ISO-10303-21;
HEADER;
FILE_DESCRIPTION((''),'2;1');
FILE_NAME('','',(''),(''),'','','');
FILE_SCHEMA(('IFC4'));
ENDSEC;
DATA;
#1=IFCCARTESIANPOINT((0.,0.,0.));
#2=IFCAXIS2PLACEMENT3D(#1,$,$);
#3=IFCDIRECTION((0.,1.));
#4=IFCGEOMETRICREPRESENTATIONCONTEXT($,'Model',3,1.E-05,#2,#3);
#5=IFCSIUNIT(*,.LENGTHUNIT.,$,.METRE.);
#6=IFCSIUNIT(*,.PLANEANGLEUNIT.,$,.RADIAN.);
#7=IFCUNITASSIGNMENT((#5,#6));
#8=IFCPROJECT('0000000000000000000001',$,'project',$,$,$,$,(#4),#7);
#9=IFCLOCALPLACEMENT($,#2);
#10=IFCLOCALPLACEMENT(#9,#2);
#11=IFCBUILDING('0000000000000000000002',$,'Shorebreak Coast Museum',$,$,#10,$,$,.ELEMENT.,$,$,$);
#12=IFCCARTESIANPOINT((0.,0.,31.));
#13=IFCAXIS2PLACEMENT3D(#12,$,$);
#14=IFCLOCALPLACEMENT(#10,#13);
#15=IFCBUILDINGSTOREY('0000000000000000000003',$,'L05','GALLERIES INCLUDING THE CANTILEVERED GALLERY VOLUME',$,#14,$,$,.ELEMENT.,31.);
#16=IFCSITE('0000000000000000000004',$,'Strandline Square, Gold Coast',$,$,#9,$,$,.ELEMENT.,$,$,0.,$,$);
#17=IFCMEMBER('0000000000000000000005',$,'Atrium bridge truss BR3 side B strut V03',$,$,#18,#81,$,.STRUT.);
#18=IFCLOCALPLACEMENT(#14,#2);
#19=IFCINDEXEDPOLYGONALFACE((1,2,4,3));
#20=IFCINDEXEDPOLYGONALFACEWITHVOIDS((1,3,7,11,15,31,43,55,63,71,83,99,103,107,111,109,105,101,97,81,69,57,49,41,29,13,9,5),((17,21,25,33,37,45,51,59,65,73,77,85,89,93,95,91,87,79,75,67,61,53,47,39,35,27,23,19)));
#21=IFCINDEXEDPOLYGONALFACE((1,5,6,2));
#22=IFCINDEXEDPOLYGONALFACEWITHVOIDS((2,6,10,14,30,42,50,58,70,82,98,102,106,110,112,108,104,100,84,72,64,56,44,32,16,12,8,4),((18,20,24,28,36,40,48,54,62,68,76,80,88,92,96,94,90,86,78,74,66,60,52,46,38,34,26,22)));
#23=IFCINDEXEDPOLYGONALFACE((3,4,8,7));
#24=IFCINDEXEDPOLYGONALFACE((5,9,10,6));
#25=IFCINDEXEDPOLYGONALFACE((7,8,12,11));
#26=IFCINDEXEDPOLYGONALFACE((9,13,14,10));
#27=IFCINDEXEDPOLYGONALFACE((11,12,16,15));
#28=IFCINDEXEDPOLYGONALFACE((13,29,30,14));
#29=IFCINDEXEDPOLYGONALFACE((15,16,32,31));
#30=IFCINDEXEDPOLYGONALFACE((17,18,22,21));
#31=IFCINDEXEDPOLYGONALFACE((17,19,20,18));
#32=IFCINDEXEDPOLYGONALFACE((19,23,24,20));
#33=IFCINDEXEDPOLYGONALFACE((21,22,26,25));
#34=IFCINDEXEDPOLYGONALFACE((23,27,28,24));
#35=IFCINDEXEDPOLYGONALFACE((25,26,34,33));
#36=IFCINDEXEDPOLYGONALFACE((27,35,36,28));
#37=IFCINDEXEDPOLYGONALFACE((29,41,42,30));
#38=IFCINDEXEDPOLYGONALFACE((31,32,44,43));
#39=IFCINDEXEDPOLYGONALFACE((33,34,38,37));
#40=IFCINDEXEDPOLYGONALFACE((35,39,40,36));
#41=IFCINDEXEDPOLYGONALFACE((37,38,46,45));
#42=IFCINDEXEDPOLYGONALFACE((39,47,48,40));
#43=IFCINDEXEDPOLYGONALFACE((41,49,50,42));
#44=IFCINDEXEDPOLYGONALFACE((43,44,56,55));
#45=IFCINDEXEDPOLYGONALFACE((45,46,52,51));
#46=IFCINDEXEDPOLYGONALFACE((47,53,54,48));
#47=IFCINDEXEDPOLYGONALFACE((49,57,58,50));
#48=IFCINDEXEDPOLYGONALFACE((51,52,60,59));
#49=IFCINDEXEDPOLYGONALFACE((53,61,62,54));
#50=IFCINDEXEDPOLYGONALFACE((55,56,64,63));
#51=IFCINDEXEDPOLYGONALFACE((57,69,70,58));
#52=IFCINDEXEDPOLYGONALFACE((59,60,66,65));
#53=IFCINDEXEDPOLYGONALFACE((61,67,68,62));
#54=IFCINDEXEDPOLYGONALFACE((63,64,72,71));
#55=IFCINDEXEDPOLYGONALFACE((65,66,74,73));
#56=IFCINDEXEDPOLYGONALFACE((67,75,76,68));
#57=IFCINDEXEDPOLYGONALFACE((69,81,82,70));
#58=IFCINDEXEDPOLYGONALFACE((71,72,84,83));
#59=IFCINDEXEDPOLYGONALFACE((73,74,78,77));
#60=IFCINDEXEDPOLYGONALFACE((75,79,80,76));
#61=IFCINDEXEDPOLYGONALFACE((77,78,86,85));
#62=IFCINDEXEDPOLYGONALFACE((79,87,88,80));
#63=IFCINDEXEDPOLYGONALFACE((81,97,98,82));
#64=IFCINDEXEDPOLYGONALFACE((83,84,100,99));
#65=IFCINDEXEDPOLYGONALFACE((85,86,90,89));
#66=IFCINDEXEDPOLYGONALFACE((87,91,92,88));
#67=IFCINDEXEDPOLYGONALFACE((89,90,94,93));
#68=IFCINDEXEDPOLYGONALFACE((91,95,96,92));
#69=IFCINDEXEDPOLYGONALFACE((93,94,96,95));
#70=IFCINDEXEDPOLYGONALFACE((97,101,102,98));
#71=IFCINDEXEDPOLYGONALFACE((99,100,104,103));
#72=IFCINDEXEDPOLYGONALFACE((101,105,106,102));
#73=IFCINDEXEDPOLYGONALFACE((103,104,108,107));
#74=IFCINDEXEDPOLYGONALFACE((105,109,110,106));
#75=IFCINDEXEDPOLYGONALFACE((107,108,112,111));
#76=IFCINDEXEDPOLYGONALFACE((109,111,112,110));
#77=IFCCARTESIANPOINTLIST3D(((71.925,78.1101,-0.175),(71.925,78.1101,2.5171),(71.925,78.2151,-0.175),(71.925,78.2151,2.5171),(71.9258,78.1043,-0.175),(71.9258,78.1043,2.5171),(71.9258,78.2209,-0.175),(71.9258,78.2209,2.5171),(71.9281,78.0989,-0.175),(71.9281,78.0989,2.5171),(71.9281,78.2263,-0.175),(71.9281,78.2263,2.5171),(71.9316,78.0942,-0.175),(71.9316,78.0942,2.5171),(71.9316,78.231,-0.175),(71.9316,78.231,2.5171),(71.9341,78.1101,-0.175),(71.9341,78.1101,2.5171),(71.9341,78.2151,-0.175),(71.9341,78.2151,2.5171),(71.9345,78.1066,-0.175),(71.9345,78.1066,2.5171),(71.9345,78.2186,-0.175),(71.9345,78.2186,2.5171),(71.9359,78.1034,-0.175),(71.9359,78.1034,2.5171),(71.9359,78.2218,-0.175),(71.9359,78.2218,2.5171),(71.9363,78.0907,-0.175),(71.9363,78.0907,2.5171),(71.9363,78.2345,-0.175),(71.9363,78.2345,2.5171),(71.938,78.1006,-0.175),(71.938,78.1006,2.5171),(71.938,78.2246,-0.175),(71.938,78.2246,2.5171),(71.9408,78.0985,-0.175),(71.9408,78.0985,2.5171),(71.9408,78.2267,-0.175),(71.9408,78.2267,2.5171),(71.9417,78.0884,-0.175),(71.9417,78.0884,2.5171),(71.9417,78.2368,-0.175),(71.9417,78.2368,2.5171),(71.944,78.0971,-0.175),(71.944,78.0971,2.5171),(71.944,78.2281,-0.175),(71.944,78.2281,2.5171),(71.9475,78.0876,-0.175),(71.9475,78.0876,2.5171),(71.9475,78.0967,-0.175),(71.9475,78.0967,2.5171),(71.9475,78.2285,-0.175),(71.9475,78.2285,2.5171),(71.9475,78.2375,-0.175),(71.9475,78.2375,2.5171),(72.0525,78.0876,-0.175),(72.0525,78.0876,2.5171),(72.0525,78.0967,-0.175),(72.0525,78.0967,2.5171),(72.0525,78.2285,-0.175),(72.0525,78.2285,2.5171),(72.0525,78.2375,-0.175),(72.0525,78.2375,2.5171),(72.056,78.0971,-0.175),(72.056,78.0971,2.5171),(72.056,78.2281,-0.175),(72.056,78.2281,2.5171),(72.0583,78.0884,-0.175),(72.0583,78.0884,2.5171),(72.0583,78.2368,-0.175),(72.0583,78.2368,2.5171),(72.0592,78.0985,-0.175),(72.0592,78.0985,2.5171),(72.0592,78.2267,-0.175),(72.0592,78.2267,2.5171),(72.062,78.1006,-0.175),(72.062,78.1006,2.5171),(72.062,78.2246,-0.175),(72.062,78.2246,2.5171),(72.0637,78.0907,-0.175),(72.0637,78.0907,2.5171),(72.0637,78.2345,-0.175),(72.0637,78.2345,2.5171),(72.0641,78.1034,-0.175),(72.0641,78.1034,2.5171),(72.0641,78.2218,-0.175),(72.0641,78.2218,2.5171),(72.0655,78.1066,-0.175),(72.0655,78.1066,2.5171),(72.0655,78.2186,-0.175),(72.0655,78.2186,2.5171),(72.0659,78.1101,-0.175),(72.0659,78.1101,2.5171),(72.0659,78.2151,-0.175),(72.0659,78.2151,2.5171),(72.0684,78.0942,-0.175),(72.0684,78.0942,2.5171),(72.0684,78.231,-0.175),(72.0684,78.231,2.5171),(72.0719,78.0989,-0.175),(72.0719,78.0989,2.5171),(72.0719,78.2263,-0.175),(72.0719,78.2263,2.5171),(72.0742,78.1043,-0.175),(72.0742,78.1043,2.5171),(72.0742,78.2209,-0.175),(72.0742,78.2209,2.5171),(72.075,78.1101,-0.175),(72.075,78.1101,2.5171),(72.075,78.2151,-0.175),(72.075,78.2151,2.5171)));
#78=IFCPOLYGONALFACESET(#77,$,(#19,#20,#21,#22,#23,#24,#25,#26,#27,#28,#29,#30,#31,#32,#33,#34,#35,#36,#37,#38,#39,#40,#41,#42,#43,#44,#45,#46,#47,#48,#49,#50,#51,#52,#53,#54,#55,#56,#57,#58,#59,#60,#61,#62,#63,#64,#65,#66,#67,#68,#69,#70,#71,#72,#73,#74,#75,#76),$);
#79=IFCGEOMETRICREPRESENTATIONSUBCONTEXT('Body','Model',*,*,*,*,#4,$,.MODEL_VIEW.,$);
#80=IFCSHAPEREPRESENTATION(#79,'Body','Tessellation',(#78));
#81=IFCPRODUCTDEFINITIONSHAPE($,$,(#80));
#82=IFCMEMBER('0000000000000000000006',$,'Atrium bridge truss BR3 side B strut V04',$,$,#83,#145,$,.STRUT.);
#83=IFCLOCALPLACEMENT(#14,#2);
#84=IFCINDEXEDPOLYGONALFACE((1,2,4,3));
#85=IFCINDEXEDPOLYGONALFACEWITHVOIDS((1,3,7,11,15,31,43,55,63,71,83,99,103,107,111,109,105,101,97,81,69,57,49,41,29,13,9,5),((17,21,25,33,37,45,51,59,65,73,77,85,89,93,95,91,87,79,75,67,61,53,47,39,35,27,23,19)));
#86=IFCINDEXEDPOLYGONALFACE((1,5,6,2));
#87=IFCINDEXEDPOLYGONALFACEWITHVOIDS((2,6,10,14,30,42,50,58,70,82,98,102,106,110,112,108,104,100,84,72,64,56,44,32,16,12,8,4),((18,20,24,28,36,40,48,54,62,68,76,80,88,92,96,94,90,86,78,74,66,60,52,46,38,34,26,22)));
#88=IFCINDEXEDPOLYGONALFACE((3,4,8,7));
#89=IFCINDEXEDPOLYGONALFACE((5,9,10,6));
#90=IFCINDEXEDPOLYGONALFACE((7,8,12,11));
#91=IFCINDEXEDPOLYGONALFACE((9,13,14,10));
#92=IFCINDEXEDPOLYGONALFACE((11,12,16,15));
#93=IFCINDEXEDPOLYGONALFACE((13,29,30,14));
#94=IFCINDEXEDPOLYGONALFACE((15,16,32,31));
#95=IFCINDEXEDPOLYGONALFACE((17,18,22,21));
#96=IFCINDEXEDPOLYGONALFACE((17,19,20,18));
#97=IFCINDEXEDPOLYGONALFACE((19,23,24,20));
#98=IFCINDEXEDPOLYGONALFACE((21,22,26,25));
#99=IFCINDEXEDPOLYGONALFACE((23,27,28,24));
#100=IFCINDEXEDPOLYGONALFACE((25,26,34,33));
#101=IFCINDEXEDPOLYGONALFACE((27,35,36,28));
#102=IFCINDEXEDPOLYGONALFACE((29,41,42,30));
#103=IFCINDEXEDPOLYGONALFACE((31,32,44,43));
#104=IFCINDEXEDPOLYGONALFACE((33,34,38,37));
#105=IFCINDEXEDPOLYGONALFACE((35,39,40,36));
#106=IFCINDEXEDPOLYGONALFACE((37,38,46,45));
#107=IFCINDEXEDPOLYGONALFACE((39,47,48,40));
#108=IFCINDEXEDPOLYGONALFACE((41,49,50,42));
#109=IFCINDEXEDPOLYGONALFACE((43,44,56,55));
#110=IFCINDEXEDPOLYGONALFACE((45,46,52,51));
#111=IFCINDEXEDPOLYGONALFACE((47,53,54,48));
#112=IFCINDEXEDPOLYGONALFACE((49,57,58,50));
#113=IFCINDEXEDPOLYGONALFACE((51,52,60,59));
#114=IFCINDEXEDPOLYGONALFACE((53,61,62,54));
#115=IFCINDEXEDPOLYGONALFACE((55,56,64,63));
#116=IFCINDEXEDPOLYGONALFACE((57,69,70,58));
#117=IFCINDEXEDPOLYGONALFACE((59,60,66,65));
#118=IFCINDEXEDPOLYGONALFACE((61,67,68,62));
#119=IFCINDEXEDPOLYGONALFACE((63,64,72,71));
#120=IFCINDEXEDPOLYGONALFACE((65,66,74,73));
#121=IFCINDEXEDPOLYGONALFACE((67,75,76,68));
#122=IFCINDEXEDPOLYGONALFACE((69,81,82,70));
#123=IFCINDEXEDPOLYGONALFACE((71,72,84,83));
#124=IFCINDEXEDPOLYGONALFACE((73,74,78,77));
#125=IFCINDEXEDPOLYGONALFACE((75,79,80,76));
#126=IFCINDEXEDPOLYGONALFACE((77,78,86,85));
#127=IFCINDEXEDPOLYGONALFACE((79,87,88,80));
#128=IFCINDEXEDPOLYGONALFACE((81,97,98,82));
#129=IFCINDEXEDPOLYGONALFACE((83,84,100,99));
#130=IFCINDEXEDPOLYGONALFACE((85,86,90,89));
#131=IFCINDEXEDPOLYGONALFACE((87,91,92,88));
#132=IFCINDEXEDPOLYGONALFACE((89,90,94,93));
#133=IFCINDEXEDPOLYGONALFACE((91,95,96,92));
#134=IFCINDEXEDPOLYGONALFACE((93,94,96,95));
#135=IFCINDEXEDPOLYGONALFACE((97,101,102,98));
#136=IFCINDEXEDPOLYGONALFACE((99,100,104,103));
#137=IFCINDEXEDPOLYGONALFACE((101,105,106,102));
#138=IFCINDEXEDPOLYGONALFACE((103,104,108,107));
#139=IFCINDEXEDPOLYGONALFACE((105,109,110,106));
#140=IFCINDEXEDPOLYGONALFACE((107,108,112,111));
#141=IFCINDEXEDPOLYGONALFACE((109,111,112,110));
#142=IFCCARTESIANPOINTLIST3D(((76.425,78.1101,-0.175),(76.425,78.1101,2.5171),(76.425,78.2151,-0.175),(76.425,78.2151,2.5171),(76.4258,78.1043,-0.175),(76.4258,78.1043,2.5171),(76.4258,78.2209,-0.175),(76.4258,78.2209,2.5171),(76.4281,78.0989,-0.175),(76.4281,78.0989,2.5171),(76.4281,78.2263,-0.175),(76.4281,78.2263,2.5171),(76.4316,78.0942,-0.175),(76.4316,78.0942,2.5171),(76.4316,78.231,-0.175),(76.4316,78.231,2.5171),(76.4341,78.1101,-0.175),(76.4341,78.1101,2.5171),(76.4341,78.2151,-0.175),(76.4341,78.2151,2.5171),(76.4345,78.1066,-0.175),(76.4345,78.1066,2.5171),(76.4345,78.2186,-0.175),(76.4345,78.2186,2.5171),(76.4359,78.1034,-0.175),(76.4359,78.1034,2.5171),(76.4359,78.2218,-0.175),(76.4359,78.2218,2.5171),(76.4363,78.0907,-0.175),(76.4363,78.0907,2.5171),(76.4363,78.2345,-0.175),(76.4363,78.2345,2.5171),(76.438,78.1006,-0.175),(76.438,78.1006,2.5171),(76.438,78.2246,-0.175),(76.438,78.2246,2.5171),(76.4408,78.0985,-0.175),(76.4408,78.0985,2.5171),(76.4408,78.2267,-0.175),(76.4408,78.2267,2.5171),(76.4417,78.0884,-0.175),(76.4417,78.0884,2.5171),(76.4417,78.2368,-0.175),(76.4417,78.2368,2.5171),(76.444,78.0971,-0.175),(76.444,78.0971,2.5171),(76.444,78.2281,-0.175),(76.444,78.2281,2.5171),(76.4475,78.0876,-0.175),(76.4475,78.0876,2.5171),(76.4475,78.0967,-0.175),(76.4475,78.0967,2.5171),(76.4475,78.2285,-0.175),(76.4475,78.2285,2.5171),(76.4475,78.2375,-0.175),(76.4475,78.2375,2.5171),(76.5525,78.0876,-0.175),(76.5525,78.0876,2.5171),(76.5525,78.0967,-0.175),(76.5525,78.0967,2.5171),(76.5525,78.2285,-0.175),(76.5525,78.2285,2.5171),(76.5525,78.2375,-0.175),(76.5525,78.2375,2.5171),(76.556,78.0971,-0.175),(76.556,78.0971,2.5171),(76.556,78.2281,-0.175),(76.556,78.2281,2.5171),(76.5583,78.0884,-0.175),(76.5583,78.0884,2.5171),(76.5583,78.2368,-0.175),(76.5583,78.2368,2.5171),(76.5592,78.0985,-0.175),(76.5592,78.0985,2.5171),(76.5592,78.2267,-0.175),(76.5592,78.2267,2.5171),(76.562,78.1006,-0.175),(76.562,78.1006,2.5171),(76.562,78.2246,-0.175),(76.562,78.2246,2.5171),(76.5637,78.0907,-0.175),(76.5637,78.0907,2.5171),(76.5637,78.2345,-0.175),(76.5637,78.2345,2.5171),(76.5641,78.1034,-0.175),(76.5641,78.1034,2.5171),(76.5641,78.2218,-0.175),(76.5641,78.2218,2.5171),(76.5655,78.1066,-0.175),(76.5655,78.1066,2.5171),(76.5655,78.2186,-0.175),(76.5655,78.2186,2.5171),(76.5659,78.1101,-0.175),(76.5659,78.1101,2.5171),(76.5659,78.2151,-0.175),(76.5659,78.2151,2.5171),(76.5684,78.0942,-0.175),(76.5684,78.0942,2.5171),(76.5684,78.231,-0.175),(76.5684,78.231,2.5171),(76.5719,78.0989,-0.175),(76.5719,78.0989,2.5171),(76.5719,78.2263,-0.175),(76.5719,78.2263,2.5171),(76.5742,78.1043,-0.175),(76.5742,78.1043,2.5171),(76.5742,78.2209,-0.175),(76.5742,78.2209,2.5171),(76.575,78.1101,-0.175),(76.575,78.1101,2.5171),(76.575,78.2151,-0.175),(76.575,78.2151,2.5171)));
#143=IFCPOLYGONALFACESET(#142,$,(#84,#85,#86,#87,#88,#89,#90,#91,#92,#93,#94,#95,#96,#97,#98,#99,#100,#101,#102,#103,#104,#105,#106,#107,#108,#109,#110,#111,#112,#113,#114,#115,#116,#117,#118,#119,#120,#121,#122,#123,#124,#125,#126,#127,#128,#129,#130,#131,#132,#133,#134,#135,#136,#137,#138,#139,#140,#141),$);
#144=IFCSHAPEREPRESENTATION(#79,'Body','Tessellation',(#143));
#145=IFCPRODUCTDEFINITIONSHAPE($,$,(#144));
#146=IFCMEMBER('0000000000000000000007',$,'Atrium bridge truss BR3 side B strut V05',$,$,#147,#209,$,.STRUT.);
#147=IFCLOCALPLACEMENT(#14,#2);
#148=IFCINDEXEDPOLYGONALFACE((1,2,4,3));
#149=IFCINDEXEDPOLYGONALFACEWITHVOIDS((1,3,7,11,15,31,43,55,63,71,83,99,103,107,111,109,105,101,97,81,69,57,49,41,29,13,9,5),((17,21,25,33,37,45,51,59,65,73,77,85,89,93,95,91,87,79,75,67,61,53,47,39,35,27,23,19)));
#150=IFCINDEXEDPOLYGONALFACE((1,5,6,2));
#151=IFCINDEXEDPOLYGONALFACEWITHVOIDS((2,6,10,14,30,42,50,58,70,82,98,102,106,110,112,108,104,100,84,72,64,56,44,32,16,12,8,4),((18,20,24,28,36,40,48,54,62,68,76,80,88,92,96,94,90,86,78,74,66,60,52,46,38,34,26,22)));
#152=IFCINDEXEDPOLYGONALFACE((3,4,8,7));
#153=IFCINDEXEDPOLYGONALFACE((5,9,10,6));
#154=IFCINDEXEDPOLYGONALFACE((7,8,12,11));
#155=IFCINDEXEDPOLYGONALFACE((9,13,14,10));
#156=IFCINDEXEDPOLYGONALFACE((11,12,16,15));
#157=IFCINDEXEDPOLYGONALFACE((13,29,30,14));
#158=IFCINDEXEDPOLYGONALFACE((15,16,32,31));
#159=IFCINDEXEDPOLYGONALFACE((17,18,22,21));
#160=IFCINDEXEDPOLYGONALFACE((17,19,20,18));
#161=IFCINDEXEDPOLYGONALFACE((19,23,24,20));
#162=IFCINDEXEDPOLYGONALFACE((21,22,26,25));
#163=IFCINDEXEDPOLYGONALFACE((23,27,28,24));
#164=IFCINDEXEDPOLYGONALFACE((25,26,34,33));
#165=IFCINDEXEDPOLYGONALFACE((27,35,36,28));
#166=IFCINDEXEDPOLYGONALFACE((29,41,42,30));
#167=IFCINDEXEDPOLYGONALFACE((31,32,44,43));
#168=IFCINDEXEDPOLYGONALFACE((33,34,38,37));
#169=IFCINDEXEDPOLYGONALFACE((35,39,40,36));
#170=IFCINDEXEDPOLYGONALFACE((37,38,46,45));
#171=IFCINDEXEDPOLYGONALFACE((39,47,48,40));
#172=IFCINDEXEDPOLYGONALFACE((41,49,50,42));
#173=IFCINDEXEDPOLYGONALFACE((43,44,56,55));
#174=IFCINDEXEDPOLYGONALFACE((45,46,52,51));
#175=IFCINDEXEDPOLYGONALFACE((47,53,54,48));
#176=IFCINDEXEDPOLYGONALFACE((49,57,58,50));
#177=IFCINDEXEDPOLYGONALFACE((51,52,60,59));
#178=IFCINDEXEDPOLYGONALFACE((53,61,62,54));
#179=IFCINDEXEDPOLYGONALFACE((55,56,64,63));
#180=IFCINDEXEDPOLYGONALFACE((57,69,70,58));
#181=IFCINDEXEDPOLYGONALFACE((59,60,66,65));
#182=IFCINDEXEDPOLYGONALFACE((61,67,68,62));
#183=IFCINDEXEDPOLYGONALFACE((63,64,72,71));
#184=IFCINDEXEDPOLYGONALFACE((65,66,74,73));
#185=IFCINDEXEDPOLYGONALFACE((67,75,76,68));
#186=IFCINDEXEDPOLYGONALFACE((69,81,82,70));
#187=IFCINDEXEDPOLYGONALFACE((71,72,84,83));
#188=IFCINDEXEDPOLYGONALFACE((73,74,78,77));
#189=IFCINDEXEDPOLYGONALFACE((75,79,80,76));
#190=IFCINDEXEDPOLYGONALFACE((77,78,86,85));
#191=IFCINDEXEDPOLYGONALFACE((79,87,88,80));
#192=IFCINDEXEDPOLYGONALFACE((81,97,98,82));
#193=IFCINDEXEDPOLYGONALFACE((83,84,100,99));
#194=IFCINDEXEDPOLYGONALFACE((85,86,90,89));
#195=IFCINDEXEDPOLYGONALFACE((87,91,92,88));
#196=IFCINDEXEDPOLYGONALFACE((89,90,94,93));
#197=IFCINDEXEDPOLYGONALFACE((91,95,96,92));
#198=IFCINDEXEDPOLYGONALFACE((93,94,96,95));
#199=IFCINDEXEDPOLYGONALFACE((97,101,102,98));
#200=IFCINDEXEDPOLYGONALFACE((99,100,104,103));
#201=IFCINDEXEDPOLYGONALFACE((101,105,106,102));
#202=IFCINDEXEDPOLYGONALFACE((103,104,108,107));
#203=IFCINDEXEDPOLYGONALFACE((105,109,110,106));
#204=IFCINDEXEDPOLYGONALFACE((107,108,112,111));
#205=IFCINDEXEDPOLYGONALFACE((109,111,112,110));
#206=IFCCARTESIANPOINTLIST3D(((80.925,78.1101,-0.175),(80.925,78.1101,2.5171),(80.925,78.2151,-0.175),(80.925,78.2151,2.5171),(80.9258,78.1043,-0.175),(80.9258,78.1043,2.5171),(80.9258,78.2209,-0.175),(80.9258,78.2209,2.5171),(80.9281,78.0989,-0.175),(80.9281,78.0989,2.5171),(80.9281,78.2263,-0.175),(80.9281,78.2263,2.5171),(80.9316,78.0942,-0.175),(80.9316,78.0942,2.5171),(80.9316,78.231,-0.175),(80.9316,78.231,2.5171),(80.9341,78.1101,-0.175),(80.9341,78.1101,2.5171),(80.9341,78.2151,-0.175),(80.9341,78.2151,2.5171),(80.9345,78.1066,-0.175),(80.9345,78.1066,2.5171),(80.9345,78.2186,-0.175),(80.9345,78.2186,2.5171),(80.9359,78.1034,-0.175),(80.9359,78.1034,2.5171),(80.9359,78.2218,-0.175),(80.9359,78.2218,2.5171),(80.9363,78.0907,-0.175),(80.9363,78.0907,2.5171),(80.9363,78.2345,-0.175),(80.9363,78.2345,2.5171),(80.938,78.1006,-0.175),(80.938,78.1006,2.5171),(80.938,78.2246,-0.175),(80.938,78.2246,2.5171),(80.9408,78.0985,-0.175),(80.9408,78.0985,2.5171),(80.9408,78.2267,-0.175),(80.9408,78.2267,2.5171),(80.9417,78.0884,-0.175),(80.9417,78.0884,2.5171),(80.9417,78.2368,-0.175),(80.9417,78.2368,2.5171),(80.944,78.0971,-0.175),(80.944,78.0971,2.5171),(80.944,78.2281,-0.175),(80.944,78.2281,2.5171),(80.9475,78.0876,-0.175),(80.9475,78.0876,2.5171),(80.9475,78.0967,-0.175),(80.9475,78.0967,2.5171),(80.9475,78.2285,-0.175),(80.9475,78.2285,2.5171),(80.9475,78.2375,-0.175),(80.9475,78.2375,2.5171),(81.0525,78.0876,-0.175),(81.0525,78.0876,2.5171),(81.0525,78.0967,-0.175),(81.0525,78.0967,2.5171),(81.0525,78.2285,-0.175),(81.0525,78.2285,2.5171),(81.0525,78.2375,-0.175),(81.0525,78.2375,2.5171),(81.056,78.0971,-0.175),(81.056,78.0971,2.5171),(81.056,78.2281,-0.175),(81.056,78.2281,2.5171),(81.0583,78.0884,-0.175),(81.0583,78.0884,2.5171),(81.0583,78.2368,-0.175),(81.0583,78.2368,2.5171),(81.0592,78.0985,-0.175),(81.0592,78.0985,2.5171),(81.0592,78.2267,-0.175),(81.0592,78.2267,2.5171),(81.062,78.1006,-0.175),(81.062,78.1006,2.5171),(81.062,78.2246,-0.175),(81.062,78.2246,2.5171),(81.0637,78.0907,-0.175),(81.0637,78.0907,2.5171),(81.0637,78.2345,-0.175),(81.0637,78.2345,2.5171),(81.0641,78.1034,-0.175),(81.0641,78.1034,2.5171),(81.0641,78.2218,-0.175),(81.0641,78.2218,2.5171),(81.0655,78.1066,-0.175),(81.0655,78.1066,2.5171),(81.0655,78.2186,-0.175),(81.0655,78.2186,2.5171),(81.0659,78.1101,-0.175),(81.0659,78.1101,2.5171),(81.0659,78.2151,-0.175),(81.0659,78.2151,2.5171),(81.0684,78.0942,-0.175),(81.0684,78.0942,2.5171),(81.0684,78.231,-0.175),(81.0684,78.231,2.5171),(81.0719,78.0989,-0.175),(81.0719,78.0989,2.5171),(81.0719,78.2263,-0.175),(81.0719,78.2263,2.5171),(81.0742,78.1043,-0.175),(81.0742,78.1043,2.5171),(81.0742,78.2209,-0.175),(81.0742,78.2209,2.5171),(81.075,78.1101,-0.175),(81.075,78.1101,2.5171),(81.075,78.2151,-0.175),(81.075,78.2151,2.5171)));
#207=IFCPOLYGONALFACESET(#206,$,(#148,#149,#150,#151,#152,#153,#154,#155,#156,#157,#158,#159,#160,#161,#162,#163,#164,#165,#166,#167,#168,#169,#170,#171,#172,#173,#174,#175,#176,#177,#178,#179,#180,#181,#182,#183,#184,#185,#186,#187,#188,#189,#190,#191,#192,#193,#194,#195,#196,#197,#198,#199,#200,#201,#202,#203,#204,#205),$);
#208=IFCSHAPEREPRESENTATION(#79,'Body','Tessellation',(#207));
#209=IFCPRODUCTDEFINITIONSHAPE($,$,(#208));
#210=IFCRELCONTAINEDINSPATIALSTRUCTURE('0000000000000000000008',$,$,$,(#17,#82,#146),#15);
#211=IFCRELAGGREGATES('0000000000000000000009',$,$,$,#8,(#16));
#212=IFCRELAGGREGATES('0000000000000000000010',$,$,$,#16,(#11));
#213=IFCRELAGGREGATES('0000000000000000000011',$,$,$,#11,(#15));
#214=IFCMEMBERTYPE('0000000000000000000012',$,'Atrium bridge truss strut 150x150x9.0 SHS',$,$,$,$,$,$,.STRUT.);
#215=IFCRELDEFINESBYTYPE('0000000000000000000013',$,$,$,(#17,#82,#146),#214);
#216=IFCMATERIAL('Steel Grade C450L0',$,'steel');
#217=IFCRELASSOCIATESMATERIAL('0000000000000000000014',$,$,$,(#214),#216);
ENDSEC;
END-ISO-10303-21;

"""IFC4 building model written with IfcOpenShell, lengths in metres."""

from ifc_helpers import new_model, si_unit, direction, frame, origin, origin_2d, place, context, subcontext, project, spatial, hollow_rectangle, extrude, material, material_profile, profile_set, type_object, element, save


model = new_model("IFC4")

# Units and contexts
model_context = context("Model", 3, precision=1e-05, world=origin(), true_north=direction((0.0, 1.0)))
body_context = subcontext(model_context, "Body", "Model", "MODEL_VIEW")
ifc_project = project(units=[si_unit("LENGTHUNIT", "METRE"), si_unit("PLANEANGLEUNIT", "RADIAN")], contexts=[model_context])

# Site, building, storey
site_placement = place(None, origin())
site = spatial("IfcSite", under=ifc_project, at=site_placement, Name="Strandline Square, Gold Coast", CompositionType="ELEMENT", RefElevation=0.0)
building_placement = place(site_placement, origin())
building = spatial("IfcBuilding", under=site, at=building_placement, Name="Shorebreak Coast Museum", CompositionType="ELEMENT")
storey_placement = place(building_placement, frame((0.0, 0.0, 31.0)))
storey = spatial("IfcBuildingStorey", under=building, at=storey_placement, Name="L05", Description="GALLERIES INCLUDING THE CANTILEVERED GALLERY VOLUME", CompositionType="ELEMENT", Elevation=31.0)

# Members
ifc_material_1 = material(Name="Steel Grade C450L0", Category="steel")
ifc_material_profile_1 = material_profile(ifc_material_1, hollow_rectangle(XDim=0.1499, YDim=0.1499, WallThickness=0.009, InnerFilletRadius=0.0134, OuterFilletRadius=0.0225, at=origin_2d()), Name="150x150x9.0 SHS")
ifc_profile_set_1 = profile_set([ifc_material_profile_1], Name="Steel Grade C450L0")
member_type_1 = type_object("IfcMemberType", Name="Atrium bridge truss strut 150x150x9.0 SHS", PredefinedType="STRUT", material=ifc_profile_set_1)
for number, where, z_axis, x_axis, name in (
    (1, (72.0, 78.1626, -0.175), (0.0, 0.0, 1.0), (1.0, 0.0, 0.0), "Atrium bridge truss BR3 side B strut V03"),
    (2, (76.5, 78.1626, -0.175), (0.0, 0.0, 1.0), (1.0, 0.0, 0.0), "Atrium bridge truss BR3 side B strut V04"),
    (3, (81.0, 78.1626, -0.175), (0.0, 0.0, 1.0), (1.0, 0.0, 0.0), "Atrium bridge truss BR3 side B strut V05"),
):
    element("IfcMember", number, at=place(storey_placement, frame(where, z_axis=z_axis, x_axis=x_axis)), inside=storey, type_object=member_type_1, Name=name, PredefinedType="STRUT", context=body_context, shape_type="SweptSolid", body=[
        extrude(hollow_rectangle(XDim=0.1499, YDim=0.1499, WallThickness=0.009, InnerFilletRadius=0.0134, OuterFilletRadius=0.0225, at=origin_2d()), origin(), (0.0, 0.0, 1.0), 2.6921),
    ])

save(model, "model.ifc")
